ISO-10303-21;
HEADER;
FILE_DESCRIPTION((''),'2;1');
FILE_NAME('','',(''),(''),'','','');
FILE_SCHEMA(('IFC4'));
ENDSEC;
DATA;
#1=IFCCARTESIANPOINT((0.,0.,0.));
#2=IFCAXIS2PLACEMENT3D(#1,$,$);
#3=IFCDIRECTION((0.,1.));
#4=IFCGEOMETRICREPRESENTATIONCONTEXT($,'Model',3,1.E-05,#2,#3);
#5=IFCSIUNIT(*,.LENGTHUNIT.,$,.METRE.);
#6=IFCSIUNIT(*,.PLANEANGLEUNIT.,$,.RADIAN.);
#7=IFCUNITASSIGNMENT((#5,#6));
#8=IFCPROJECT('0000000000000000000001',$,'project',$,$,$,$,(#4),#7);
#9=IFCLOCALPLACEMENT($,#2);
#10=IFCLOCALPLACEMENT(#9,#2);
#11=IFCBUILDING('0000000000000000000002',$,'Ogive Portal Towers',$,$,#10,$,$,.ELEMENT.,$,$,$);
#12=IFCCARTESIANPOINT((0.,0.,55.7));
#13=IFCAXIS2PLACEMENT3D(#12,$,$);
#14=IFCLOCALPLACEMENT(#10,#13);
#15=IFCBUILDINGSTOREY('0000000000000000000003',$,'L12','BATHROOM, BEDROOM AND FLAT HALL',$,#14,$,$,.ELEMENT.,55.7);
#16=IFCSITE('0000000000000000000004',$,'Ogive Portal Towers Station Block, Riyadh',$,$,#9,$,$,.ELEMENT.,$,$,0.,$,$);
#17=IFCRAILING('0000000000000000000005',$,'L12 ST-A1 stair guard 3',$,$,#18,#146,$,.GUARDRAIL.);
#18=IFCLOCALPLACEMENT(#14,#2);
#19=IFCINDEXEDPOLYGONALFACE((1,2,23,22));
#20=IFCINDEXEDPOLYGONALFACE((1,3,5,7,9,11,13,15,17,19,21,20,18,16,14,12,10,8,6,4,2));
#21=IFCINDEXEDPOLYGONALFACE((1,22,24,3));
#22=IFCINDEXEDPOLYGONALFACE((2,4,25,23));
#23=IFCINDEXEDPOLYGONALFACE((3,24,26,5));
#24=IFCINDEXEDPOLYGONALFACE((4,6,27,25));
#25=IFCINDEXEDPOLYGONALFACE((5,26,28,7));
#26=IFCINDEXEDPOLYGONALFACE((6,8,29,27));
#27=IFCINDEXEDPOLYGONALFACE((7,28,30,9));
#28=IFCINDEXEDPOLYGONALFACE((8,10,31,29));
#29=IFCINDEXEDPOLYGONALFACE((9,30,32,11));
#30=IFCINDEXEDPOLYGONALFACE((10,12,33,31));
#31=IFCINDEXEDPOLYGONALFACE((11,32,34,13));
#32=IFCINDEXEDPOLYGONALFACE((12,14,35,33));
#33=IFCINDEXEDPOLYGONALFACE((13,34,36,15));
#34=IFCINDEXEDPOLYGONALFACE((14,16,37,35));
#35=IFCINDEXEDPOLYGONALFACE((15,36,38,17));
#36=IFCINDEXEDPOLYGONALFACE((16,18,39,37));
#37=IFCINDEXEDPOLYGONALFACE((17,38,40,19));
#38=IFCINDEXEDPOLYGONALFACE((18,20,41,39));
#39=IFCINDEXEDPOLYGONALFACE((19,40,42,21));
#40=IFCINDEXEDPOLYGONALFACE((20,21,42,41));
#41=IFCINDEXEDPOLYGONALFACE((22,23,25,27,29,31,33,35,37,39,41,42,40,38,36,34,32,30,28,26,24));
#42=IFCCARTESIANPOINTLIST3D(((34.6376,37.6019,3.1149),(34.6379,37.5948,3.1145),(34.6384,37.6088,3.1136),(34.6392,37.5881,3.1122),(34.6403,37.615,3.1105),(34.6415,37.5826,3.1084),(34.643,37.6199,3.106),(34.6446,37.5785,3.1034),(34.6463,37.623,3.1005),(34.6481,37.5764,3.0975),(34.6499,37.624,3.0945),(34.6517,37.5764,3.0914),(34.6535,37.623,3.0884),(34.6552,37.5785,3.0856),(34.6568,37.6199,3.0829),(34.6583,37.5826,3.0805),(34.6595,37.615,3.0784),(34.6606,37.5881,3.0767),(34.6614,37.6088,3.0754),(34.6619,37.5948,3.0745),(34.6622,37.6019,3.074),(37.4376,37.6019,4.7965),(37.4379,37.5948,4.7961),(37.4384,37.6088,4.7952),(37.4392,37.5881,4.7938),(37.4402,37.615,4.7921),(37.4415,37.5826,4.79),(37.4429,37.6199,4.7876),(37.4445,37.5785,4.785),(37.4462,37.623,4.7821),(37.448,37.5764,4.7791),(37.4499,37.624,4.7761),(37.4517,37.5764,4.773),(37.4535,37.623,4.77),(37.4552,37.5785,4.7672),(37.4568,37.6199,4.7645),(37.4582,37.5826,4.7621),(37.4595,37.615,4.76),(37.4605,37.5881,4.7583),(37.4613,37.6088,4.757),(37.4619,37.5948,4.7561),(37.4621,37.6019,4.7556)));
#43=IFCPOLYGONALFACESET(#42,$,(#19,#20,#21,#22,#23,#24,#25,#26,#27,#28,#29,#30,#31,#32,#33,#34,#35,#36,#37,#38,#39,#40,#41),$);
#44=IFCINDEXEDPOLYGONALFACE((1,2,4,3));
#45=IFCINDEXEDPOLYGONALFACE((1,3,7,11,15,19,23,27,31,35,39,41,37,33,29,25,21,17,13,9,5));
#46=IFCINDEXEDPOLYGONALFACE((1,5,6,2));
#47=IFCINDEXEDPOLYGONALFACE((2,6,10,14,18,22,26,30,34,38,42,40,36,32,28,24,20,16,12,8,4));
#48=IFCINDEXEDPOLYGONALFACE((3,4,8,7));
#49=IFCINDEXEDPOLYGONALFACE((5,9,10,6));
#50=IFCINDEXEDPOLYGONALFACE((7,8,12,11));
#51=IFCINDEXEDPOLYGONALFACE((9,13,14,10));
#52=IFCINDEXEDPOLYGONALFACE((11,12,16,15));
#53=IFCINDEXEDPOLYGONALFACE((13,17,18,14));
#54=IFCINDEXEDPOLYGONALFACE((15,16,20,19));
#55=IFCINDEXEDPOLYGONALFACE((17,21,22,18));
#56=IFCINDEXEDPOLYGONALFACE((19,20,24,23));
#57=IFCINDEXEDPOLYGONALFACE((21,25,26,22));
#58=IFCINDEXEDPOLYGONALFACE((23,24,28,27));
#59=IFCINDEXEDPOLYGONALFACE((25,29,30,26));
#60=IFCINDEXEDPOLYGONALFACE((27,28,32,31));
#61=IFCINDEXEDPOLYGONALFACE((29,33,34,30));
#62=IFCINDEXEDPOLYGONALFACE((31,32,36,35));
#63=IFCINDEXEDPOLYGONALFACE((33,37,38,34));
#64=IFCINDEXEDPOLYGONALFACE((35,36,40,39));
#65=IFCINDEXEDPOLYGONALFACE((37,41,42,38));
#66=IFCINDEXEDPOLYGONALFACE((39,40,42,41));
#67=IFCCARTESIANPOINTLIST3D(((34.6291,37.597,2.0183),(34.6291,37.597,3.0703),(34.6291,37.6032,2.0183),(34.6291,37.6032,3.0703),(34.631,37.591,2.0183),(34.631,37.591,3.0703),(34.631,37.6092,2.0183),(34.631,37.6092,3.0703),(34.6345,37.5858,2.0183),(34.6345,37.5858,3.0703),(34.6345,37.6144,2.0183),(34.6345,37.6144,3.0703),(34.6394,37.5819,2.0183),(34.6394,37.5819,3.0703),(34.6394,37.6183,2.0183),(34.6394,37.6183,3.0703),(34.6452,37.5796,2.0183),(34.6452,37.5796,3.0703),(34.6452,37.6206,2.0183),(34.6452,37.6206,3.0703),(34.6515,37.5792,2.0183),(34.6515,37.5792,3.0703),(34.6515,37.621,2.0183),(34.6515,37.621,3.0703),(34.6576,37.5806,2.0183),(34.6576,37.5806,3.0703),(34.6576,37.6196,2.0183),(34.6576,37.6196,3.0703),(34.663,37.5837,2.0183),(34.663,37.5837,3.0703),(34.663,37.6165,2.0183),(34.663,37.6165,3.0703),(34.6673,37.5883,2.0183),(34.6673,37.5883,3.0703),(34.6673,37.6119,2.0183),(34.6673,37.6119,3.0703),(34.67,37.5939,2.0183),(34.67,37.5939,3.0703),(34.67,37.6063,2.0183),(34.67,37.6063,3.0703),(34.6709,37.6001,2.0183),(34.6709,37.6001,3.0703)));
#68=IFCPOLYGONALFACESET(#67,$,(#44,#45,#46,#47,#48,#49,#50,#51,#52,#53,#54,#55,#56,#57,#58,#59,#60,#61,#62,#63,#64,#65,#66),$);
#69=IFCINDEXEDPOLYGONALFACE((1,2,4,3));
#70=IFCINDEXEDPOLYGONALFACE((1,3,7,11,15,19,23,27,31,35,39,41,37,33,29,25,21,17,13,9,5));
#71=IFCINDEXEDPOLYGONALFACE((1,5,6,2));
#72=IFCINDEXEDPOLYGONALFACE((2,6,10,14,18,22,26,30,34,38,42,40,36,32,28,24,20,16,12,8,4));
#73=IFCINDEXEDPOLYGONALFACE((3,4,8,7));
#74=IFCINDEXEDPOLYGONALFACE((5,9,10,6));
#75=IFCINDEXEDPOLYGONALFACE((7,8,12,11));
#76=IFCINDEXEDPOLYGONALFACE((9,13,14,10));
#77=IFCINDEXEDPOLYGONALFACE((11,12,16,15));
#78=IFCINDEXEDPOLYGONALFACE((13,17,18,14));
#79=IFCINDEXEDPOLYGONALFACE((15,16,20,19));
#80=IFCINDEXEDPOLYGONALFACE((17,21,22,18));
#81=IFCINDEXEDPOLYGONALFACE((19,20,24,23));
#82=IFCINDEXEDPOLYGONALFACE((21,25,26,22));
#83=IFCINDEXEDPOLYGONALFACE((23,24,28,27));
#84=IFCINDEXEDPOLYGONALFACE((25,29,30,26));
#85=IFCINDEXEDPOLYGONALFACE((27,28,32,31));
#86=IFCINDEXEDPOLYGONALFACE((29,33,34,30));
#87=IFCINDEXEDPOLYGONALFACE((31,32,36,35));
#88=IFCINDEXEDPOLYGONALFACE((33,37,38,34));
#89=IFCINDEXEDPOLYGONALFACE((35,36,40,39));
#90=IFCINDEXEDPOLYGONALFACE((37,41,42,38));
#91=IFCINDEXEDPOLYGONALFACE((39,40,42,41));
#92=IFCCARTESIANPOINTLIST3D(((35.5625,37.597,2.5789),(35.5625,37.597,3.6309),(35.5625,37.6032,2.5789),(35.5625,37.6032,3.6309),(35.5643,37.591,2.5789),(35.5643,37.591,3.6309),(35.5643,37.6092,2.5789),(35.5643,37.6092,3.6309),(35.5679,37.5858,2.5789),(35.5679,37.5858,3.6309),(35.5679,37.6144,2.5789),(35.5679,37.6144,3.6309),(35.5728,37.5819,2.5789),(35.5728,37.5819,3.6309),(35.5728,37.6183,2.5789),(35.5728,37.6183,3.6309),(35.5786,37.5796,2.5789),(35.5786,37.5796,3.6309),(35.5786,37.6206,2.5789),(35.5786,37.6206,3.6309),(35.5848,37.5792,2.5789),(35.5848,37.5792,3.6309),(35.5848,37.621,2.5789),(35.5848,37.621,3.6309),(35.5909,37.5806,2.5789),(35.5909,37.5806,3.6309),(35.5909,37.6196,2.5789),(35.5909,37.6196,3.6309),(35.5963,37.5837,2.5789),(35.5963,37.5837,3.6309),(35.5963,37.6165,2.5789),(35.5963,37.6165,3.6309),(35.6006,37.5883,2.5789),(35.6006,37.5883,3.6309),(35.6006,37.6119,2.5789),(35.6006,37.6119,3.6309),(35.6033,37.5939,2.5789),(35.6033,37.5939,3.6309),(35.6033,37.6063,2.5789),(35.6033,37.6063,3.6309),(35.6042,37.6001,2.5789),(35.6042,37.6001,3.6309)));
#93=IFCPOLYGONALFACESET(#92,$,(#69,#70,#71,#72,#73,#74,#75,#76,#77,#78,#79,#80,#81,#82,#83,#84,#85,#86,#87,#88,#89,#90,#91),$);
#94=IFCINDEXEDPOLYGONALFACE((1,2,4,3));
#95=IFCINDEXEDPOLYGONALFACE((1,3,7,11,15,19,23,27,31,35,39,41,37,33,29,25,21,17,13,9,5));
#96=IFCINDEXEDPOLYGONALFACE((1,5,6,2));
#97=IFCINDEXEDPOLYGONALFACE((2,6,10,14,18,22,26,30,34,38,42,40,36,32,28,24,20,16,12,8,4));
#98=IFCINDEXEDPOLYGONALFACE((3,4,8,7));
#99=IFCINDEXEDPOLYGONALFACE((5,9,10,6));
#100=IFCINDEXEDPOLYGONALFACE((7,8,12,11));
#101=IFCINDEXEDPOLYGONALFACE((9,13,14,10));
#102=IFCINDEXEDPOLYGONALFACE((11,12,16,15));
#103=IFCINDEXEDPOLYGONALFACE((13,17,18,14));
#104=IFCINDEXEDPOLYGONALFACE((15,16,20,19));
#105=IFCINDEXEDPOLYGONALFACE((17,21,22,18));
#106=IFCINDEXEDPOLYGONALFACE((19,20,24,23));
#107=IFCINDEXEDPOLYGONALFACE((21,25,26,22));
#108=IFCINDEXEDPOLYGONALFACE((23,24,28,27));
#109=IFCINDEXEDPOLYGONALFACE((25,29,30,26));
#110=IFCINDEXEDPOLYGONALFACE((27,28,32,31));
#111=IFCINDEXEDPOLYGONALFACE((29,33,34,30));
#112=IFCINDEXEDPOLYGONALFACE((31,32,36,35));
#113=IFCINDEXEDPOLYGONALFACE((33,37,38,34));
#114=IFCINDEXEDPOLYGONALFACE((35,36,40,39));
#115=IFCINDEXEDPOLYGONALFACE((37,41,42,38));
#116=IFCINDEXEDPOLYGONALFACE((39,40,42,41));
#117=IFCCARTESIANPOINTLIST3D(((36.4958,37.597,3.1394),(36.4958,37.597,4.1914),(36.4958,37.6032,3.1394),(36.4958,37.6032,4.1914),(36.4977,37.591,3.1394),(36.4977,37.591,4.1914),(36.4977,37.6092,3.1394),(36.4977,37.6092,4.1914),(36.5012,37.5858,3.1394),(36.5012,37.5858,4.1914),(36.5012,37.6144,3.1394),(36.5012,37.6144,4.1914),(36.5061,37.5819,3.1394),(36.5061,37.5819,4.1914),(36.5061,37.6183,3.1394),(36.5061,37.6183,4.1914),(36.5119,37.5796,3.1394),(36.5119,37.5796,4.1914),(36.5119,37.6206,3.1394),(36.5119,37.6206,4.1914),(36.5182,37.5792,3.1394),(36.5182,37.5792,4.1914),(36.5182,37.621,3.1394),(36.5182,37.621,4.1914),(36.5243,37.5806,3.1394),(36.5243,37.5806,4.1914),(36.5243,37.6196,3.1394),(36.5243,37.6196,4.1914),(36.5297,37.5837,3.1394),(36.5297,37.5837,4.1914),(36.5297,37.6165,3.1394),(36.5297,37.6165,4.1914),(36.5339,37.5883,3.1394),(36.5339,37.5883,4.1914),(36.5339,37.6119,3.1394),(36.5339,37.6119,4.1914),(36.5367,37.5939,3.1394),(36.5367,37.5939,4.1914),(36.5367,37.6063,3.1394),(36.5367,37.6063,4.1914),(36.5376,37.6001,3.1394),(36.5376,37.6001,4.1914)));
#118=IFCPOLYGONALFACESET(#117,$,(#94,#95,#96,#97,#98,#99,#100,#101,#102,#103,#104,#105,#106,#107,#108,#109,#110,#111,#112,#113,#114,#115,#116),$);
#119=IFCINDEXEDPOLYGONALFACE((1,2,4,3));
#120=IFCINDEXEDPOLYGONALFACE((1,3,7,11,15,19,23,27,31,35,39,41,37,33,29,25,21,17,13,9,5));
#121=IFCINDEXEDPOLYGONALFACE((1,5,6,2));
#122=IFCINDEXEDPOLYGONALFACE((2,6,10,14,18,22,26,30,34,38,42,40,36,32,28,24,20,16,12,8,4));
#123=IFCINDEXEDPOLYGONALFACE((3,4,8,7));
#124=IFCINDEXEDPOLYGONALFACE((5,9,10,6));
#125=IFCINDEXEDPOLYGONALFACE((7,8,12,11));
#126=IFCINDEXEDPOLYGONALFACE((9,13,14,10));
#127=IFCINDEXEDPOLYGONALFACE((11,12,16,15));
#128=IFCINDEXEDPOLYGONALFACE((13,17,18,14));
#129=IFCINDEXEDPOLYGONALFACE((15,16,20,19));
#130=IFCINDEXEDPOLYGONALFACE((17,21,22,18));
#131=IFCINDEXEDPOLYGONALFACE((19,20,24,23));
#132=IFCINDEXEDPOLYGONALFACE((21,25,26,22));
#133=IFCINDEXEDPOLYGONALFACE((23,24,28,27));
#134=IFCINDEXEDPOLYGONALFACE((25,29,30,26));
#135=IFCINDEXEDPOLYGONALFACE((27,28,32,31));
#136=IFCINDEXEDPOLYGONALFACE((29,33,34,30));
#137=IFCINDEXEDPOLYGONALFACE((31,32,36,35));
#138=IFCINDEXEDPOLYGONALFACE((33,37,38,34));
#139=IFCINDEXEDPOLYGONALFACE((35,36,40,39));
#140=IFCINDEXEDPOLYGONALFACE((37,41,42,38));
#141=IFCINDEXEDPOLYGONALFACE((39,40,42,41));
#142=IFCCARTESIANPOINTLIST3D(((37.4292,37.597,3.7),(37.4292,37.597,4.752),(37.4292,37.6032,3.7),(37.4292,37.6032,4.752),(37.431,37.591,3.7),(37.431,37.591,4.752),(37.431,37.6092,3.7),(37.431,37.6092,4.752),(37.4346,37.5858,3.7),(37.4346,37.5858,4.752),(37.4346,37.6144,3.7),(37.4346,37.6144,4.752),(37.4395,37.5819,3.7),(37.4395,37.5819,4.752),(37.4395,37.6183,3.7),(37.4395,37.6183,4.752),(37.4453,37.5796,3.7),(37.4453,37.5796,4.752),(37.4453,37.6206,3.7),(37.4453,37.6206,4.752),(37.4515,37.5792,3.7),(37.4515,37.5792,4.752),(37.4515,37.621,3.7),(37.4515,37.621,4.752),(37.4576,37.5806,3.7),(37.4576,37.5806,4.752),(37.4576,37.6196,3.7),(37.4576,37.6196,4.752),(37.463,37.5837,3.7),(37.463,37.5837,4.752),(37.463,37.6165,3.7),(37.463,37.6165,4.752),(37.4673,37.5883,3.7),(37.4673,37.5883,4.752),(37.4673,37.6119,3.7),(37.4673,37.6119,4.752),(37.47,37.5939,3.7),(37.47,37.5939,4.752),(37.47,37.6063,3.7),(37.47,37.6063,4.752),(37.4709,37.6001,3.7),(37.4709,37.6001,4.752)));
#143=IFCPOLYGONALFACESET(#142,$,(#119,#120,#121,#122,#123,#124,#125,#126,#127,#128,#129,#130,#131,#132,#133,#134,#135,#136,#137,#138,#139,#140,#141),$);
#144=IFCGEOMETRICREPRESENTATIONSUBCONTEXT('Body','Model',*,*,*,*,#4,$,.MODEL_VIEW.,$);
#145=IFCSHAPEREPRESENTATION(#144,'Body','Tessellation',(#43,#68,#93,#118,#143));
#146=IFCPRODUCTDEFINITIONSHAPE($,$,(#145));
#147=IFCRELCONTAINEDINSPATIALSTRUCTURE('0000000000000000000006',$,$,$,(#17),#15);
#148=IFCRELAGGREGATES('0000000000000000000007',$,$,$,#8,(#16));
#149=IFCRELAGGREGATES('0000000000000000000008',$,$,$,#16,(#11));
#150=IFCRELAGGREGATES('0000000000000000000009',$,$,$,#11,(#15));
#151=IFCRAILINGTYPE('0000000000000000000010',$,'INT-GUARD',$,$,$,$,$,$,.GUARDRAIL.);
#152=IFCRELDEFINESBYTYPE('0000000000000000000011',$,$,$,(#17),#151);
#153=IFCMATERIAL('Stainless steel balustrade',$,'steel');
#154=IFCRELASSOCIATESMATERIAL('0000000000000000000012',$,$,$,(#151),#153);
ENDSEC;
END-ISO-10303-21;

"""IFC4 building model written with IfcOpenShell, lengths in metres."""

from ifc_helpers import new_model, si_unit, direction, frame, origin, origin_2d, place, context, subcontext, project, spatial, circle, extrude, material, type_object, element, save


model = new_model("IFC4")

# Units and contexts
model_context = context("Model", 3, precision=1e-05, world=origin(), true_north=direction((0.0, 1.0)))
body_context = subcontext(model_context, "Body", "Model", "MODEL_VIEW")
ifc_project = project(units=[si_unit("LENGTHUNIT", "METRE"), si_unit("PLANEANGLEUNIT", "RADIAN")], contexts=[model_context])

# Site, building, storey
site_placement = place(None, origin())
site = spatial("IfcSite", under=ifc_project, at=site_placement, Name="Ogive Portal Towers Station Block, Riyadh", CompositionType="ELEMENT", RefElevation=0.0)
building_placement = place(site_placement, origin())
building = spatial("IfcBuilding", under=site, at=building_placement, Name="Ogive Portal Towers", CompositionType="ELEMENT")
storey_placement = place(building_placement, frame((0.0, 0.0, 55.7)))
storey = spatial("IfcBuildingStorey", under=building, at=storey_placement, Name="L12", Description="BATHROOM, BEDROOM AND FLAT HALL", CompositionType="ELEMENT", Elevation=55.7)

# Railing
ifc_material_1 = material(Name="Stainless steel balustrade", Category="steel")
railing_type_1 = type_object("IfcRailingType", Name="INT-GUARD", PredefinedType="GUARDRAIL", material=ifc_material_1)
railing_1_placement = place(storey_placement, frame((34.6499, 37.6001, 2.0183)))
element("IfcRailing", 1, at=railing_1_placement, inside=storey, type_object=railing_type_1, Name="L12 ST-A1 stair guard 3", PredefinedType="GUARDRAIL", context=body_context, shape_type="SweptSolid", body=[
    extrude(circle(Radius=0.0239, at=origin_2d()), frame((0.0, 0.0, 1.0762), z_axis=(0.857275, 0.0, 0.514858), x_axis=(0.0, 1.0, 0.0)), (0.0, 0.0, 1.0), 3.2661),
    extrude(circle(Radius=0.021, at=origin_2d()), origin(), (0.0, 0.0, 1.0), 1.052),
    extrude(circle(Radius=0.021, at=origin_2d()), frame((0.9333, 0.0, 0.5605)), (0.0, 0.0, 1.0), 1.052),
    extrude(circle(Radius=0.021, at=origin_2d()), frame((1.8667, 0.0, 1.1211)), (0.0, 0.0, 1.0), 1.052),
    extrude(circle(Radius=0.021, at=origin_2d()), frame((2.8, 0.0, 1.6816)), (0.0, 0.0, 1.0), 1.052),
])

save(model, "model.ifc")
